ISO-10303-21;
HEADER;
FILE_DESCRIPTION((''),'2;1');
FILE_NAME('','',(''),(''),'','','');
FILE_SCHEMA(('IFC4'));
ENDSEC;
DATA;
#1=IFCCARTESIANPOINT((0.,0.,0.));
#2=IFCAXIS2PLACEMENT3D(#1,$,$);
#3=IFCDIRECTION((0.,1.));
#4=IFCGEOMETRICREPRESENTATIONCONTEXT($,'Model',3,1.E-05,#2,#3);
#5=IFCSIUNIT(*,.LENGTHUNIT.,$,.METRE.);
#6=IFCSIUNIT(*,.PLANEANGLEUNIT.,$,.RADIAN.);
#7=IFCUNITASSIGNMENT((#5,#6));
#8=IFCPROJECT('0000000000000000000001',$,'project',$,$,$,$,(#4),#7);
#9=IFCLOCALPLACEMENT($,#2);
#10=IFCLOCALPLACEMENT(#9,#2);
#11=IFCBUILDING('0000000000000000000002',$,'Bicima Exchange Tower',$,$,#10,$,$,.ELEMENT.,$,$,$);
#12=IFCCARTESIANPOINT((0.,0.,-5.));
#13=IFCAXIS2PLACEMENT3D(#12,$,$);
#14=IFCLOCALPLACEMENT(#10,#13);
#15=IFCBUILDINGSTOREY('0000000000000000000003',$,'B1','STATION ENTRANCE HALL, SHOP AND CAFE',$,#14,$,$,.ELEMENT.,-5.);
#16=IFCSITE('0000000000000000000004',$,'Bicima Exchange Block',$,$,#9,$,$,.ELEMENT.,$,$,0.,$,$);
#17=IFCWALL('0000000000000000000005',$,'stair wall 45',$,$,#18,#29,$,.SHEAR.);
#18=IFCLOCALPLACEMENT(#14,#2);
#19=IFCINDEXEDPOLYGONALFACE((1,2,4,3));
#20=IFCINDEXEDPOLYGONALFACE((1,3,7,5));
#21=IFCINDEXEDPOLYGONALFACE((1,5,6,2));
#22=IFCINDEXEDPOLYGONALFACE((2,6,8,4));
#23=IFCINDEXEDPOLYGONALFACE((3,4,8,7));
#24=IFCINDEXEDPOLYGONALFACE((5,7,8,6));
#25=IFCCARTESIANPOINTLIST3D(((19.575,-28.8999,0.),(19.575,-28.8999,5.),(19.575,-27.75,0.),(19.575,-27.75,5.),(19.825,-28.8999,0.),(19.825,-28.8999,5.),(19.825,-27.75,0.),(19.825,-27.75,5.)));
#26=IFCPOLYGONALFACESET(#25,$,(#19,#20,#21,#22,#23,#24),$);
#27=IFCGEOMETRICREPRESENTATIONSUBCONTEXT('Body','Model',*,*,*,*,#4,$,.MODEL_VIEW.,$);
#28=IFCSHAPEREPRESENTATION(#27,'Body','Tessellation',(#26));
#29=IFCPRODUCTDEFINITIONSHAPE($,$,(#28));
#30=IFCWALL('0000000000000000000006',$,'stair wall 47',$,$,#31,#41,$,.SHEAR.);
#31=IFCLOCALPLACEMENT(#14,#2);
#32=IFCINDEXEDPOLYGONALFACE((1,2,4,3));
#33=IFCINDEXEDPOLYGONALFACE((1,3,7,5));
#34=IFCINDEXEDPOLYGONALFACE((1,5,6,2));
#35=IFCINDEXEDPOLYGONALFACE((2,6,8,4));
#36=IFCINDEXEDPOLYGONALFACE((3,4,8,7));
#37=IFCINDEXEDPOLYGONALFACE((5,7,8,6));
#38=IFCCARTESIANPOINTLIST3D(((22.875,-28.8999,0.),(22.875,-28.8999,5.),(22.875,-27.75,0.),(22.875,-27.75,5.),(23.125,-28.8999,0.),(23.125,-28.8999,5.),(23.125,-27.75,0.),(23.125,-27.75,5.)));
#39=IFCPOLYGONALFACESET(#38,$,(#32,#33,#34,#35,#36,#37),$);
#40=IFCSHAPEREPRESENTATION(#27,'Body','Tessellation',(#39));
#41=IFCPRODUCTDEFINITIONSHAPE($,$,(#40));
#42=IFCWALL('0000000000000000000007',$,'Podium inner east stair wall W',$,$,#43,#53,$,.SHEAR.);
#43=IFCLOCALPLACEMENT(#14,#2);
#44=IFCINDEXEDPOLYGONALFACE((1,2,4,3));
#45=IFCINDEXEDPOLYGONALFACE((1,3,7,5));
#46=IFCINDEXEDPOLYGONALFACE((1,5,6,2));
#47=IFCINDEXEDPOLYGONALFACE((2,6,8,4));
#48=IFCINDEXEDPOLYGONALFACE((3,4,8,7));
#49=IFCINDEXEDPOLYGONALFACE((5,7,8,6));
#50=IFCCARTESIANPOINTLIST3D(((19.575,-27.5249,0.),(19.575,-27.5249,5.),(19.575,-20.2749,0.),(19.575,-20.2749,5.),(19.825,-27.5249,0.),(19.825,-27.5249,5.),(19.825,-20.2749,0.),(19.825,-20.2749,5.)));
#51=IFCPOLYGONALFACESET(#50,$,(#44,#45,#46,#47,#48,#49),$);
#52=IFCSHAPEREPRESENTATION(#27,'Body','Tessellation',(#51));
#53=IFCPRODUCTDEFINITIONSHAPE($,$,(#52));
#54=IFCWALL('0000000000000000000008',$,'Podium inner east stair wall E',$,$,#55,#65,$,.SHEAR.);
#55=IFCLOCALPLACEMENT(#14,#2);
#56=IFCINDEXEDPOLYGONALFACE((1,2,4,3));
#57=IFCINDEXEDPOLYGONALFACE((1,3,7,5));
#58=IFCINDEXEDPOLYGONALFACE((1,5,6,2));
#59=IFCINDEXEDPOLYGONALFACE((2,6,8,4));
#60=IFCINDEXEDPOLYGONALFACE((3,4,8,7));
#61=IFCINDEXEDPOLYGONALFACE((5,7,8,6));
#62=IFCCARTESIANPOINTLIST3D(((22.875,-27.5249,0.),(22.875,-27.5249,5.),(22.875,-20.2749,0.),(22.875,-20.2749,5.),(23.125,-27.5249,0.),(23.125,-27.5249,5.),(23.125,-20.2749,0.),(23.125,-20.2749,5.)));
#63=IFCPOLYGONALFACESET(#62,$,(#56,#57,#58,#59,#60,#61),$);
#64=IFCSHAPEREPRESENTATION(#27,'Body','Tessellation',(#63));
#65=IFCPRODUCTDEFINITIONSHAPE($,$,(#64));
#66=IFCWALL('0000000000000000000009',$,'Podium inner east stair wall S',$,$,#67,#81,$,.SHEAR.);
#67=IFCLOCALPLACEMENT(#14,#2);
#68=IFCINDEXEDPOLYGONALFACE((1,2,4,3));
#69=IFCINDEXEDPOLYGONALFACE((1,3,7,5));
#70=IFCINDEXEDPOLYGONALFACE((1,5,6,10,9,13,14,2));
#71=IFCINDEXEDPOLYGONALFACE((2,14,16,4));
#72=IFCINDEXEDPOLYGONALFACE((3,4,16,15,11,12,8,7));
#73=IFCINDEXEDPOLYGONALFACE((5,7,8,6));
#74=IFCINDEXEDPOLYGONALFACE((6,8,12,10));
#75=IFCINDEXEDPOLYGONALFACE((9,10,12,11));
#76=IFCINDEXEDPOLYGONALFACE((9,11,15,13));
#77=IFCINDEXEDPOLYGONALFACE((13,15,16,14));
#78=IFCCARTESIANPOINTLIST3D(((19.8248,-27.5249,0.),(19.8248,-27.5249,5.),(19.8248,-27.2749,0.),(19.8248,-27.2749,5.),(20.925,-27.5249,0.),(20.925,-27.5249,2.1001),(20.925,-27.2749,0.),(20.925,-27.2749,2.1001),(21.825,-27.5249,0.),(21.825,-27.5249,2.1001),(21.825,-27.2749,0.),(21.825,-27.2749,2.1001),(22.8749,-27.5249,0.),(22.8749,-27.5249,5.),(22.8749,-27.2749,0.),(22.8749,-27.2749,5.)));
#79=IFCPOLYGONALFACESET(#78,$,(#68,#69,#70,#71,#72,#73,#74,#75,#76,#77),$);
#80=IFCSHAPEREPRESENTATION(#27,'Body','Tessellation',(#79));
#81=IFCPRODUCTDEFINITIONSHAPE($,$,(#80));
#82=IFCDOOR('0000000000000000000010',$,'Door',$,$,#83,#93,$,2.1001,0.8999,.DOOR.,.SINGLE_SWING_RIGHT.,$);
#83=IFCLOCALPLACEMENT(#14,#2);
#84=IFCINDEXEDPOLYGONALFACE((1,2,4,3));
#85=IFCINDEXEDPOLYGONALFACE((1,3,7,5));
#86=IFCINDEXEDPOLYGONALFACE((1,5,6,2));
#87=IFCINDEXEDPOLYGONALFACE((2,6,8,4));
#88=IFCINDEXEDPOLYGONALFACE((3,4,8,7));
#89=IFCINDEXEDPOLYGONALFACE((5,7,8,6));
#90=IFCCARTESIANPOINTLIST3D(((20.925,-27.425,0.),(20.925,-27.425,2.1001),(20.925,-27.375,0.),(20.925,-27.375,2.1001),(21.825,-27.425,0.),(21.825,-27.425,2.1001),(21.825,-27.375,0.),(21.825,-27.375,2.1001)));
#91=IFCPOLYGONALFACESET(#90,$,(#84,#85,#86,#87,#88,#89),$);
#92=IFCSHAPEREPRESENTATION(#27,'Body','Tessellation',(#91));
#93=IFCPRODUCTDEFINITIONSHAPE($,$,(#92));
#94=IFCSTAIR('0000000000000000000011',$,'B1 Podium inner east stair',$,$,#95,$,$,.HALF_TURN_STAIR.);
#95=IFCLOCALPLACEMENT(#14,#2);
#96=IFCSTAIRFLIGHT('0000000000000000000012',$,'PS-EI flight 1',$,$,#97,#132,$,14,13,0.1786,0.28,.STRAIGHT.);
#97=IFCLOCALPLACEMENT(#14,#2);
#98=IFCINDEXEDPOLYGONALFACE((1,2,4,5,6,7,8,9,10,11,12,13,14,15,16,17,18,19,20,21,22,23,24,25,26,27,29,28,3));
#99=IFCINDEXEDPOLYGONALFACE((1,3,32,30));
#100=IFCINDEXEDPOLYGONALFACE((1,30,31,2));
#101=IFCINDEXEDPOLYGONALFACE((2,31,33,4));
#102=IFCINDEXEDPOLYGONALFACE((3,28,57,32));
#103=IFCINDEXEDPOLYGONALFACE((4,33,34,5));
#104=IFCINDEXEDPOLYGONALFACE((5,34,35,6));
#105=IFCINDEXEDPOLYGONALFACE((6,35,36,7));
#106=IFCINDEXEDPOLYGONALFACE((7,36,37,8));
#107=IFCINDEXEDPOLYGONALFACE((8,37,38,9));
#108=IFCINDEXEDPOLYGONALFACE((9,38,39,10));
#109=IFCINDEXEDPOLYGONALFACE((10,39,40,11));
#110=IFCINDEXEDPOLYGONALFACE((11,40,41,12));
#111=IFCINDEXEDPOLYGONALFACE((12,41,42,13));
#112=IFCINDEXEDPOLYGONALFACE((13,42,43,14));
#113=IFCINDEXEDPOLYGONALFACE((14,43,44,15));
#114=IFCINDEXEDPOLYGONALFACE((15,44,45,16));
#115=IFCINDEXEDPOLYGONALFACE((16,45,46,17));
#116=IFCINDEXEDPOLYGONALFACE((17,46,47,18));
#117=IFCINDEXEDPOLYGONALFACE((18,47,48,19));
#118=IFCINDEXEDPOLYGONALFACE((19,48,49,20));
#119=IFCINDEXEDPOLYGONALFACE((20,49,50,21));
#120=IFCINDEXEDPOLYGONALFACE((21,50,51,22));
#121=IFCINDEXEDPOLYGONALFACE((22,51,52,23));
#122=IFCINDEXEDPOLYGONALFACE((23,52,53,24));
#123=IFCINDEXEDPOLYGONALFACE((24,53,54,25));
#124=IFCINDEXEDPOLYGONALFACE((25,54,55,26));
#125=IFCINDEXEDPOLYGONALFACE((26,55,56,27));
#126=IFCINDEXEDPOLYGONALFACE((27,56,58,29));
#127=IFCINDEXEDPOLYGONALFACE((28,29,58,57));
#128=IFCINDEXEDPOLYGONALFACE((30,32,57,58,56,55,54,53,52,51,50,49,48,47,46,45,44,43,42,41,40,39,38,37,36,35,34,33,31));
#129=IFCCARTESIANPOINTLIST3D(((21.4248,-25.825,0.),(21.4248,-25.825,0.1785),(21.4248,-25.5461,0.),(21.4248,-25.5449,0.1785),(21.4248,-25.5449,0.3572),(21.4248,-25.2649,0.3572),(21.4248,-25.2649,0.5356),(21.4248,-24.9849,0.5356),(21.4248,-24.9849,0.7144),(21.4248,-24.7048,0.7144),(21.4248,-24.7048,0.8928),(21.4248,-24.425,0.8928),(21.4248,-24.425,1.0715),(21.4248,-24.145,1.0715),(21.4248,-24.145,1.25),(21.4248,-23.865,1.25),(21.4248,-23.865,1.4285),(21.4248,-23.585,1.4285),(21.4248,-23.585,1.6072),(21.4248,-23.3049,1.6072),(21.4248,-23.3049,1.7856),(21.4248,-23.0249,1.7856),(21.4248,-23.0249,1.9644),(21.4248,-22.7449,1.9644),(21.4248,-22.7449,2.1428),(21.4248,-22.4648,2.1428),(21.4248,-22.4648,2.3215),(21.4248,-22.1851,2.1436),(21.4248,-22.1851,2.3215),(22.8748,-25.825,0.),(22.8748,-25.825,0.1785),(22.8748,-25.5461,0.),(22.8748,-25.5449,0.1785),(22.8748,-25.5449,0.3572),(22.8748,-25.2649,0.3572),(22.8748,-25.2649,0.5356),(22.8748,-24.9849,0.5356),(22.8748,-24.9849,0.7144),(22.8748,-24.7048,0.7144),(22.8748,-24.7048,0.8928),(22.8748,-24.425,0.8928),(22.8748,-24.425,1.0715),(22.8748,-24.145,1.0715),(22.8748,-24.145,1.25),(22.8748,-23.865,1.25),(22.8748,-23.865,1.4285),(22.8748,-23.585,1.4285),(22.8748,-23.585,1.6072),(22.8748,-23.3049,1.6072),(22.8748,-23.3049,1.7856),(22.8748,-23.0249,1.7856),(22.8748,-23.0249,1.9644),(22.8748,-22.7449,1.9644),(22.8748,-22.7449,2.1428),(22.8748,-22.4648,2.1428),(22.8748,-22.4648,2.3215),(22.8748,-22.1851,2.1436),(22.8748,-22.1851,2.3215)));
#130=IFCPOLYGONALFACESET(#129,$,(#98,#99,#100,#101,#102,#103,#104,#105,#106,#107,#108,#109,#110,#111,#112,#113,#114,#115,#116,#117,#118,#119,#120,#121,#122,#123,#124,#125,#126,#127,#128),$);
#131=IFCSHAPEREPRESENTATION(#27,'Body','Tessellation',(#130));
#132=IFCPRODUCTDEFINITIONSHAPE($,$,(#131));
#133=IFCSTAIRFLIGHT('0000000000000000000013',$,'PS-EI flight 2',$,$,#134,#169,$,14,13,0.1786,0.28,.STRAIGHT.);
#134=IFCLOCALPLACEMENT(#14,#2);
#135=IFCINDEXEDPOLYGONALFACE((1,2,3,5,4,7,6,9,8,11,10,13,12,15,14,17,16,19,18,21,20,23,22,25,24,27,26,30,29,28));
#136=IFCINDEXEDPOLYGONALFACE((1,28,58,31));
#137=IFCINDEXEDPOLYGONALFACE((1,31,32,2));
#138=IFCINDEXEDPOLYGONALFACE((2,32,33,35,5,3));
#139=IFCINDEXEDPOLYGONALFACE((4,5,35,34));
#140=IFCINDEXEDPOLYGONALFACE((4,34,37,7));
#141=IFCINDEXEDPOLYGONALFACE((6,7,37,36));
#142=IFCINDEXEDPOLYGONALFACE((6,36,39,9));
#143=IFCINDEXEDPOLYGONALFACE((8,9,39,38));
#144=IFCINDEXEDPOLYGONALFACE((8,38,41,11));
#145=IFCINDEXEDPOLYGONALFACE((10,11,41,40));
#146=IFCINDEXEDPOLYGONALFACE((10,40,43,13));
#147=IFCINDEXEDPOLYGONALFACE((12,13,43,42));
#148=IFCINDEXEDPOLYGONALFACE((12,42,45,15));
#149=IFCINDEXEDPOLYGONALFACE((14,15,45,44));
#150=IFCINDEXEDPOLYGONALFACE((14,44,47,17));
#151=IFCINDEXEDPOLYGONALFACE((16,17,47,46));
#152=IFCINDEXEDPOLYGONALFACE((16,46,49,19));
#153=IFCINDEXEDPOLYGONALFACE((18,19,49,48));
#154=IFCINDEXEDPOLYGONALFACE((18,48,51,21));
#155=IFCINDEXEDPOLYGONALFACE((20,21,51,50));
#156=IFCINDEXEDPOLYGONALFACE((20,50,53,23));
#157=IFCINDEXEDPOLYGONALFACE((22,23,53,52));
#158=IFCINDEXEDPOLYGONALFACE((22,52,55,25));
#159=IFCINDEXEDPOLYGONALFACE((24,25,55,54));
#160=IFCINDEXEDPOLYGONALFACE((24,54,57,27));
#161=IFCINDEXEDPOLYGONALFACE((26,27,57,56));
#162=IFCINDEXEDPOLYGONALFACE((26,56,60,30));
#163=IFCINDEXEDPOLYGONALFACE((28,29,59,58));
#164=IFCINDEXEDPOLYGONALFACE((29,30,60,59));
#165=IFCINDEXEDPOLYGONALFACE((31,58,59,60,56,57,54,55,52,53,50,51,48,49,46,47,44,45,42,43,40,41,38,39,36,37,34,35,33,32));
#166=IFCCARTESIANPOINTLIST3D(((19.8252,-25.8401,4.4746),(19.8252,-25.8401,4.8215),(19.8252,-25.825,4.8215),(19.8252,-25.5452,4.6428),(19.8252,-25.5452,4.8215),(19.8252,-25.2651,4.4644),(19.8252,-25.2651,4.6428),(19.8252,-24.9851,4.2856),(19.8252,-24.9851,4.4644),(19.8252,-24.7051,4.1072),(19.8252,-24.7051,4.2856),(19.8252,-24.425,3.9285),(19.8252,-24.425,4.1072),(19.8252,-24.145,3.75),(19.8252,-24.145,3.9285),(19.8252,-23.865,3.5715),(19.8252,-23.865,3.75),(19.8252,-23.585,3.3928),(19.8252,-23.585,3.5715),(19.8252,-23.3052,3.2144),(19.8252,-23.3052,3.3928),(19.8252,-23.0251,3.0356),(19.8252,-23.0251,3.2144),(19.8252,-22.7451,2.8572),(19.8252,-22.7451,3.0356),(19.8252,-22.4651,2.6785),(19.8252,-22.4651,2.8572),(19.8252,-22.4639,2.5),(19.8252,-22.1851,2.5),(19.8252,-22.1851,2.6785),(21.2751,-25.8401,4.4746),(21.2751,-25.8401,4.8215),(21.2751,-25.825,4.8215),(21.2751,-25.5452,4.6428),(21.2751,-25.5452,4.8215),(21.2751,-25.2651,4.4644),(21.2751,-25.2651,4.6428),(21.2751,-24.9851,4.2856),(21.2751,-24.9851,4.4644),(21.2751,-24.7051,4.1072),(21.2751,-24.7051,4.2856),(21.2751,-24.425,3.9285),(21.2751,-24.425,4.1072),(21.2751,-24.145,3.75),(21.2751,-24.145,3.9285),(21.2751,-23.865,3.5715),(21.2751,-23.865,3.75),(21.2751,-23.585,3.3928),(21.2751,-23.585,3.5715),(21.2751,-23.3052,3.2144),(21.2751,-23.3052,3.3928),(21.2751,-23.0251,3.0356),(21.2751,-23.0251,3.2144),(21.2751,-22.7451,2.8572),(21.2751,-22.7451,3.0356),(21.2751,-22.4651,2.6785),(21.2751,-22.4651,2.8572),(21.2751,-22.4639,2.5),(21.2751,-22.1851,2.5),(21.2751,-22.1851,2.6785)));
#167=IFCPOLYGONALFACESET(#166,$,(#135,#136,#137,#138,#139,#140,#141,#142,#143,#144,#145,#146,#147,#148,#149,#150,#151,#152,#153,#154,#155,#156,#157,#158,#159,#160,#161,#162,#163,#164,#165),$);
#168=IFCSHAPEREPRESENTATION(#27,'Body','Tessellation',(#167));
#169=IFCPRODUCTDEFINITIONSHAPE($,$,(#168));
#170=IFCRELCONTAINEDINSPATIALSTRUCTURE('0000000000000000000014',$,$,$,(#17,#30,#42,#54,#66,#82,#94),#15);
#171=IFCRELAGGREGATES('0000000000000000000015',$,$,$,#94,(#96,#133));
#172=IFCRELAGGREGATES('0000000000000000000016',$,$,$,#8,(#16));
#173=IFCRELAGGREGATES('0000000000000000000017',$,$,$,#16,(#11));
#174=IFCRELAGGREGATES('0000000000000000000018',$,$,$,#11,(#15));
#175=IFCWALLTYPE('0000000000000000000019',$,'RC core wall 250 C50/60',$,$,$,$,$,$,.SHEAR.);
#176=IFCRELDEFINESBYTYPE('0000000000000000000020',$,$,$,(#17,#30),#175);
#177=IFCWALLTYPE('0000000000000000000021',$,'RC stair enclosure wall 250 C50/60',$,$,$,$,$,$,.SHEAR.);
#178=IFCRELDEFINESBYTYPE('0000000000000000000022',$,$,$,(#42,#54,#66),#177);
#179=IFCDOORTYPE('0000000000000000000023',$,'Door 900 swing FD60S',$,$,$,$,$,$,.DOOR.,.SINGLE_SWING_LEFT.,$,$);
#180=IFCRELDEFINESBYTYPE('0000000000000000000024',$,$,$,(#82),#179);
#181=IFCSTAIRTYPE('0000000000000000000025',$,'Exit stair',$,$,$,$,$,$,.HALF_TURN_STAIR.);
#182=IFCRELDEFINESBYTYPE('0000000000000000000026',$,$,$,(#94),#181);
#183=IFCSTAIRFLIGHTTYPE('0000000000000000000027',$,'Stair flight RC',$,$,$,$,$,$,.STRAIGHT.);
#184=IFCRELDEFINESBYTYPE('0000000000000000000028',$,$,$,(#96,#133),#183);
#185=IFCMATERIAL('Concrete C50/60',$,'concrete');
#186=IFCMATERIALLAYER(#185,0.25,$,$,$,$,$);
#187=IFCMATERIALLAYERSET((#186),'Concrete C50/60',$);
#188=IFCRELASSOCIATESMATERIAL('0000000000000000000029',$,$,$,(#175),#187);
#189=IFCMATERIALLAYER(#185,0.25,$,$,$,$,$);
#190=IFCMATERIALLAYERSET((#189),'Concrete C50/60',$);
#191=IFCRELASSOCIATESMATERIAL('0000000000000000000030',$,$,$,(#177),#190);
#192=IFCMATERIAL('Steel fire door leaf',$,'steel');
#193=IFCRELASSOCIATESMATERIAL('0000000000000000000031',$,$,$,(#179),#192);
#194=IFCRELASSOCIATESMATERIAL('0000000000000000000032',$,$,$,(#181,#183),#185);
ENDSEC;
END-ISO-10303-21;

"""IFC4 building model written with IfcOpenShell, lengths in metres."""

from ifc_helpers import new_model, si_unit, direction, frame, frame_2d, origin, place, context, subcontext, project, spatial, polyline, rectangle, outline, extrude, material, layer, layer_set, type_object, element, fill, aggregate, save


model = new_model("IFC4")

# Units and contexts
model_context = context("Model", 3, precision=1e-05, world=origin(), true_north=direction((0.0, 1.0)))
body_context = subcontext(model_context, "Body", "Model", "MODEL_VIEW")
ifc_project = project(units=[si_unit("LENGTHUNIT", "METRE"), si_unit("PLANEANGLEUNIT", "RADIAN")], contexts=[model_context])

# Site, building, storey
site_placement = place(None, origin())
site = spatial("IfcSite", under=ifc_project, at=site_placement, Name="Bicima Exchange Block", CompositionType="ELEMENT", RefElevation=0.0)
building_placement = place(site_placement, origin())
building = spatial("IfcBuilding", under=site, at=building_placement, Name="Bicima Exchange Tower", CompositionType="ELEMENT")
storey_placement = place(building_placement, frame((0.0, 0.0, -5.0)))
storey = spatial("IfcBuildingStorey", under=building, at=storey_placement, Name="B1", Description="STATION ENTRANCE HALL, SHOP AND CAFE", CompositionType="ELEMENT", Elevation=-5.0)

# Shared definitions
ifc_material_1 = material(Name="Steel fire door leaf", Category="steel")

# Walls
ifc_material_2 = material(Name="Concrete C50/60", Category="concrete")
ifc_layer_1 = layer(ifc_material_2, 0.25)
ifc_layer_set_1 = layer_set([ifc_layer_1], Name="Concrete C50/60")
wall_type_1 = type_object("IfcWallType", Name="RC core wall 250 C50/60", PredefinedType="SHEAR", material=ifc_layer_set_1)
for number, where, z_axis, x_axis, name in (
    (1, (19.7, -28.8999, 0.0), (0.0, 0.0, 1.0), (0.0, 1.0, 0.0), "stair wall 45"),
    (2, (23.0, -28.8999, 0.0), (0.0, 0.0, 1.0), (0.0, 1.0, 0.0), "stair wall 47"),
):
    element("IfcWall", number, at=place(storey_placement, frame(where, z_axis=z_axis, x_axis=x_axis)), inside=storey, type_object=wall_type_1, Name=name, PredefinedType="SHEAR", context=body_context, shape_type="SweptSolid", body=[
        extrude(rectangle(XDim=1.1499, YDim=0.25, at=frame_2d((0.575, 0.0))), origin(), (0.0, 0.0, 1.0), 5.0),
    ])
ifc_layer_2 = layer(ifc_material_2, 0.25)
ifc_layer_set_2 = layer_set([ifc_layer_2], Name="Concrete C50/60")
wall_type_2 = type_object("IfcWallType", Name="RC stair enclosure wall 250 C50/60", PredefinedType="SHEAR", material=ifc_layer_set_2)
for number, where, z_axis, x_axis, name in (
    (3, (19.7, -27.5249, 0.0), (0.0, 0.0, 1.0), (0.0, 1.0, 0.0), "Podium inner east stair wall W"),
    (4, (23.0, -27.5249, 0.0), (0.0, 0.0, 1.0), (0.0, 1.0, 0.0), "Podium inner east stair wall E"),
):
    element("IfcWall", number, at=place(storey_placement, frame(where, z_axis=z_axis, x_axis=x_axis)), inside=storey, type_object=wall_type_2, Name=name, PredefinedType="SHEAR", context=body_context, shape_type="SweptSolid", body=[
        extrude(rectangle(XDim=7.25, YDim=0.25, at=frame_2d((3.625, 0.0))), origin(), (0.0, 0.0, 1.0), 5.0),
    ])

# Wall, opening, door
wall_1_placement = place(storey_placement, frame((19.825, -27.3999, 0.0), z_axis=(0.0, 0.0, 1.0), x_axis=(1.0, 0.0, 0.0)))
wall_1 = element("IfcWall", 5, at=wall_1_placement, inside=storey, type_object=wall_type_2, Name="Podium inner east stair wall S", PredefinedType="SHEAR", context=body_context, shape_type="SweptSolid", body=[
    extrude(rectangle(XDim=3.05, YDim=0.25, at=frame_2d((1.5249, 0.0))), origin(), (0.0, 0.0, 1.0), 5.0),
])
opening_1_placement = place(wall_1_placement, frame((1.1001, 0.0, 0.0)))
opening_1 = element("IfcOpeningElement", 6, at=opening_1_placement, cuts=wall_1, PredefinedType="OPENING", context=body_context, shape_type="SweptSolid", body=[
    extrude(rectangle(XDim=0.8999, YDim=2.1001, at=frame_2d((0.45, 1.05))), frame((0.0, 0.137, 0.0), z_axis=(0.0, -1.0, 0.0), x_axis=(1.0, 0.0, 0.0)), (0.0, 0.0, 1.0), 0.2739),
])
door_type_1 = type_object("IfcDoorType", Name="Door 900 swing FD60S", OperationType="SINGLE_SWING_LEFT", PredefinedType="DOOR", material=ifc_material_1)
door_1_placement = place(opening_1_placement, origin())
door_1 = element("IfcDoor", 7, at=door_1_placement, inside=storey, type_object=door_type_1, Name="Door", OperationType="SINGLE_SWING_RIGHT", OverallHeight=2.1001, OverallWidth=0.8999, PredefinedType="DOOR", context=body_context, shape_type="SweptSolid", body=[
    extrude(rectangle(XDim=0.8999, YDim=2.1001, at=frame_2d((0.45, 1.05))), frame((0.0, 0.0249, 0.0), z_axis=(0.0, -1.0, 0.0), x_axis=(1.0, 0.0, 0.0)), (0.0, 0.0, 1.0), 0.05),
])
fill(opening_1, door_1)

# Stair, stair flights
stair_type = type_object("IfcStairType", Name="Exit stair", PredefinedType="HALF_TURN_STAIR", material=ifc_material_2)
stair_placement = place(storey_placement, origin())
stair = element("IfcStair", 8, at=stair_placement, inside=storey, type_object=stair_type, Name="B1 Podium inner east stair", PredefinedType="HALF_TURN_STAIR")
stair_flight_type = type_object("IfcStairFlightType", Name="Stair flight RC", PredefinedType="STRAIGHT", material=ifc_material_2)
stair_flight_1_placement = place(storey_placement, frame((22.1499, -25.825, 0.0), z_axis=(0.0, 0.0, 1.0), x_axis=(0.0, 1.0, 0.0)))
stair_flight_1 = element("IfcStairFlight", 9, at=stair_flight_1_placement, type_object=stair_flight_type, Name="PS-EI flight 1", NumberOfRisers=14, NumberOfTreads=13, PredefinedType="STRAIGHT", RiserHeight=0.1786, TreadLength=0.28, context=body_context, shape_type="SweptSolid", body=[
    extrude(outline(polyline([(0.0, 0.0), (0.0, 0.1785), (0.28, 0.1785), (0.28, 0.3572), (0.5601, 0.3572), (0.5601, 0.5356), (0.8401, 0.5356), (0.8401, 0.7144), (1.1201, 0.7144), (1.1201, 0.8928), (1.3999, 0.8928), (1.3999, 1.0715), (1.6799, 1.0715), (1.6799, 1.25), (1.96, 1.25), (1.96, 1.4285), (2.24, 1.4285), (2.24, 1.6072), (2.52, 1.6072), (2.52, 1.7856), (2.8, 1.7856), (2.8, 1.9644), (3.0801, 1.9644), (3.0801, 2.1428), (3.3601, 2.1428), (3.3601, 2.3215), (3.6399, 2.3215), (3.6399, 2.5), (3.6399, 2.1436), (0.2788, 0.0), (0.0, 0.0)])), frame((0.0, 0.7251, 0.0), z_axis=(0.0, -1.0, 0.0), x_axis=(1.0, 0.0, 0.0)), (0.0, 0.0, 1.0), 1.45),
])
stair_flight_2_placement = place(storey_placement, frame((20.55, -22.1851, 2.5), z_axis=(0.0, 0.0, 1.0), x_axis=(0.0, -1.0, 0.0)))
stair_flight_2 = element("IfcStairFlight", 10, at=stair_flight_2_placement, type_object=stair_flight_type, Name="PS-EI flight 2", NumberOfRisers=14, NumberOfTreads=13, PredefinedType="STRAIGHT", RiserHeight=0.1786, TreadLength=0.28, context=body_context, shape_type="SweptSolid", body=[
    extrude(outline(polyline([(0.0, 0.0), (0.0, 0.1785), (0.28, 0.1785), (0.28, 0.3572), (0.5601, 0.3572), (0.5601, 0.5356), (0.8401, 0.5356), (0.8401, 0.7144), (1.1201, 0.7144), (1.1201, 0.8928), (1.3999, 0.8928), (1.3999, 1.0715), (1.6799, 1.0715), (1.6799, 1.25), (1.96, 1.25), (1.96, 1.4285), (2.24, 1.4285), (2.24, 1.6072), (2.52, 1.6072), (2.52, 1.7856), (2.8, 1.7856), (2.8, 1.9644), (3.0801, 1.9644), (3.0801, 2.1428), (3.3601, 2.1428), (3.3601, 2.3215), (3.6399, 2.3215), (3.655, 2.3215), (3.655, 1.9746), (0.2788, 0.0), (0.0, 0.0)])), frame((0.0, 0.7251, 0.0), z_axis=(0.0, -1.0, 0.0), x_axis=(1.0, 0.0, 0.0)), (0.0, 0.0, 1.0), 1.45),
])
aggregate(stair, [stair_flight_1, stair_flight_2])

save(model, "model.ifc")
